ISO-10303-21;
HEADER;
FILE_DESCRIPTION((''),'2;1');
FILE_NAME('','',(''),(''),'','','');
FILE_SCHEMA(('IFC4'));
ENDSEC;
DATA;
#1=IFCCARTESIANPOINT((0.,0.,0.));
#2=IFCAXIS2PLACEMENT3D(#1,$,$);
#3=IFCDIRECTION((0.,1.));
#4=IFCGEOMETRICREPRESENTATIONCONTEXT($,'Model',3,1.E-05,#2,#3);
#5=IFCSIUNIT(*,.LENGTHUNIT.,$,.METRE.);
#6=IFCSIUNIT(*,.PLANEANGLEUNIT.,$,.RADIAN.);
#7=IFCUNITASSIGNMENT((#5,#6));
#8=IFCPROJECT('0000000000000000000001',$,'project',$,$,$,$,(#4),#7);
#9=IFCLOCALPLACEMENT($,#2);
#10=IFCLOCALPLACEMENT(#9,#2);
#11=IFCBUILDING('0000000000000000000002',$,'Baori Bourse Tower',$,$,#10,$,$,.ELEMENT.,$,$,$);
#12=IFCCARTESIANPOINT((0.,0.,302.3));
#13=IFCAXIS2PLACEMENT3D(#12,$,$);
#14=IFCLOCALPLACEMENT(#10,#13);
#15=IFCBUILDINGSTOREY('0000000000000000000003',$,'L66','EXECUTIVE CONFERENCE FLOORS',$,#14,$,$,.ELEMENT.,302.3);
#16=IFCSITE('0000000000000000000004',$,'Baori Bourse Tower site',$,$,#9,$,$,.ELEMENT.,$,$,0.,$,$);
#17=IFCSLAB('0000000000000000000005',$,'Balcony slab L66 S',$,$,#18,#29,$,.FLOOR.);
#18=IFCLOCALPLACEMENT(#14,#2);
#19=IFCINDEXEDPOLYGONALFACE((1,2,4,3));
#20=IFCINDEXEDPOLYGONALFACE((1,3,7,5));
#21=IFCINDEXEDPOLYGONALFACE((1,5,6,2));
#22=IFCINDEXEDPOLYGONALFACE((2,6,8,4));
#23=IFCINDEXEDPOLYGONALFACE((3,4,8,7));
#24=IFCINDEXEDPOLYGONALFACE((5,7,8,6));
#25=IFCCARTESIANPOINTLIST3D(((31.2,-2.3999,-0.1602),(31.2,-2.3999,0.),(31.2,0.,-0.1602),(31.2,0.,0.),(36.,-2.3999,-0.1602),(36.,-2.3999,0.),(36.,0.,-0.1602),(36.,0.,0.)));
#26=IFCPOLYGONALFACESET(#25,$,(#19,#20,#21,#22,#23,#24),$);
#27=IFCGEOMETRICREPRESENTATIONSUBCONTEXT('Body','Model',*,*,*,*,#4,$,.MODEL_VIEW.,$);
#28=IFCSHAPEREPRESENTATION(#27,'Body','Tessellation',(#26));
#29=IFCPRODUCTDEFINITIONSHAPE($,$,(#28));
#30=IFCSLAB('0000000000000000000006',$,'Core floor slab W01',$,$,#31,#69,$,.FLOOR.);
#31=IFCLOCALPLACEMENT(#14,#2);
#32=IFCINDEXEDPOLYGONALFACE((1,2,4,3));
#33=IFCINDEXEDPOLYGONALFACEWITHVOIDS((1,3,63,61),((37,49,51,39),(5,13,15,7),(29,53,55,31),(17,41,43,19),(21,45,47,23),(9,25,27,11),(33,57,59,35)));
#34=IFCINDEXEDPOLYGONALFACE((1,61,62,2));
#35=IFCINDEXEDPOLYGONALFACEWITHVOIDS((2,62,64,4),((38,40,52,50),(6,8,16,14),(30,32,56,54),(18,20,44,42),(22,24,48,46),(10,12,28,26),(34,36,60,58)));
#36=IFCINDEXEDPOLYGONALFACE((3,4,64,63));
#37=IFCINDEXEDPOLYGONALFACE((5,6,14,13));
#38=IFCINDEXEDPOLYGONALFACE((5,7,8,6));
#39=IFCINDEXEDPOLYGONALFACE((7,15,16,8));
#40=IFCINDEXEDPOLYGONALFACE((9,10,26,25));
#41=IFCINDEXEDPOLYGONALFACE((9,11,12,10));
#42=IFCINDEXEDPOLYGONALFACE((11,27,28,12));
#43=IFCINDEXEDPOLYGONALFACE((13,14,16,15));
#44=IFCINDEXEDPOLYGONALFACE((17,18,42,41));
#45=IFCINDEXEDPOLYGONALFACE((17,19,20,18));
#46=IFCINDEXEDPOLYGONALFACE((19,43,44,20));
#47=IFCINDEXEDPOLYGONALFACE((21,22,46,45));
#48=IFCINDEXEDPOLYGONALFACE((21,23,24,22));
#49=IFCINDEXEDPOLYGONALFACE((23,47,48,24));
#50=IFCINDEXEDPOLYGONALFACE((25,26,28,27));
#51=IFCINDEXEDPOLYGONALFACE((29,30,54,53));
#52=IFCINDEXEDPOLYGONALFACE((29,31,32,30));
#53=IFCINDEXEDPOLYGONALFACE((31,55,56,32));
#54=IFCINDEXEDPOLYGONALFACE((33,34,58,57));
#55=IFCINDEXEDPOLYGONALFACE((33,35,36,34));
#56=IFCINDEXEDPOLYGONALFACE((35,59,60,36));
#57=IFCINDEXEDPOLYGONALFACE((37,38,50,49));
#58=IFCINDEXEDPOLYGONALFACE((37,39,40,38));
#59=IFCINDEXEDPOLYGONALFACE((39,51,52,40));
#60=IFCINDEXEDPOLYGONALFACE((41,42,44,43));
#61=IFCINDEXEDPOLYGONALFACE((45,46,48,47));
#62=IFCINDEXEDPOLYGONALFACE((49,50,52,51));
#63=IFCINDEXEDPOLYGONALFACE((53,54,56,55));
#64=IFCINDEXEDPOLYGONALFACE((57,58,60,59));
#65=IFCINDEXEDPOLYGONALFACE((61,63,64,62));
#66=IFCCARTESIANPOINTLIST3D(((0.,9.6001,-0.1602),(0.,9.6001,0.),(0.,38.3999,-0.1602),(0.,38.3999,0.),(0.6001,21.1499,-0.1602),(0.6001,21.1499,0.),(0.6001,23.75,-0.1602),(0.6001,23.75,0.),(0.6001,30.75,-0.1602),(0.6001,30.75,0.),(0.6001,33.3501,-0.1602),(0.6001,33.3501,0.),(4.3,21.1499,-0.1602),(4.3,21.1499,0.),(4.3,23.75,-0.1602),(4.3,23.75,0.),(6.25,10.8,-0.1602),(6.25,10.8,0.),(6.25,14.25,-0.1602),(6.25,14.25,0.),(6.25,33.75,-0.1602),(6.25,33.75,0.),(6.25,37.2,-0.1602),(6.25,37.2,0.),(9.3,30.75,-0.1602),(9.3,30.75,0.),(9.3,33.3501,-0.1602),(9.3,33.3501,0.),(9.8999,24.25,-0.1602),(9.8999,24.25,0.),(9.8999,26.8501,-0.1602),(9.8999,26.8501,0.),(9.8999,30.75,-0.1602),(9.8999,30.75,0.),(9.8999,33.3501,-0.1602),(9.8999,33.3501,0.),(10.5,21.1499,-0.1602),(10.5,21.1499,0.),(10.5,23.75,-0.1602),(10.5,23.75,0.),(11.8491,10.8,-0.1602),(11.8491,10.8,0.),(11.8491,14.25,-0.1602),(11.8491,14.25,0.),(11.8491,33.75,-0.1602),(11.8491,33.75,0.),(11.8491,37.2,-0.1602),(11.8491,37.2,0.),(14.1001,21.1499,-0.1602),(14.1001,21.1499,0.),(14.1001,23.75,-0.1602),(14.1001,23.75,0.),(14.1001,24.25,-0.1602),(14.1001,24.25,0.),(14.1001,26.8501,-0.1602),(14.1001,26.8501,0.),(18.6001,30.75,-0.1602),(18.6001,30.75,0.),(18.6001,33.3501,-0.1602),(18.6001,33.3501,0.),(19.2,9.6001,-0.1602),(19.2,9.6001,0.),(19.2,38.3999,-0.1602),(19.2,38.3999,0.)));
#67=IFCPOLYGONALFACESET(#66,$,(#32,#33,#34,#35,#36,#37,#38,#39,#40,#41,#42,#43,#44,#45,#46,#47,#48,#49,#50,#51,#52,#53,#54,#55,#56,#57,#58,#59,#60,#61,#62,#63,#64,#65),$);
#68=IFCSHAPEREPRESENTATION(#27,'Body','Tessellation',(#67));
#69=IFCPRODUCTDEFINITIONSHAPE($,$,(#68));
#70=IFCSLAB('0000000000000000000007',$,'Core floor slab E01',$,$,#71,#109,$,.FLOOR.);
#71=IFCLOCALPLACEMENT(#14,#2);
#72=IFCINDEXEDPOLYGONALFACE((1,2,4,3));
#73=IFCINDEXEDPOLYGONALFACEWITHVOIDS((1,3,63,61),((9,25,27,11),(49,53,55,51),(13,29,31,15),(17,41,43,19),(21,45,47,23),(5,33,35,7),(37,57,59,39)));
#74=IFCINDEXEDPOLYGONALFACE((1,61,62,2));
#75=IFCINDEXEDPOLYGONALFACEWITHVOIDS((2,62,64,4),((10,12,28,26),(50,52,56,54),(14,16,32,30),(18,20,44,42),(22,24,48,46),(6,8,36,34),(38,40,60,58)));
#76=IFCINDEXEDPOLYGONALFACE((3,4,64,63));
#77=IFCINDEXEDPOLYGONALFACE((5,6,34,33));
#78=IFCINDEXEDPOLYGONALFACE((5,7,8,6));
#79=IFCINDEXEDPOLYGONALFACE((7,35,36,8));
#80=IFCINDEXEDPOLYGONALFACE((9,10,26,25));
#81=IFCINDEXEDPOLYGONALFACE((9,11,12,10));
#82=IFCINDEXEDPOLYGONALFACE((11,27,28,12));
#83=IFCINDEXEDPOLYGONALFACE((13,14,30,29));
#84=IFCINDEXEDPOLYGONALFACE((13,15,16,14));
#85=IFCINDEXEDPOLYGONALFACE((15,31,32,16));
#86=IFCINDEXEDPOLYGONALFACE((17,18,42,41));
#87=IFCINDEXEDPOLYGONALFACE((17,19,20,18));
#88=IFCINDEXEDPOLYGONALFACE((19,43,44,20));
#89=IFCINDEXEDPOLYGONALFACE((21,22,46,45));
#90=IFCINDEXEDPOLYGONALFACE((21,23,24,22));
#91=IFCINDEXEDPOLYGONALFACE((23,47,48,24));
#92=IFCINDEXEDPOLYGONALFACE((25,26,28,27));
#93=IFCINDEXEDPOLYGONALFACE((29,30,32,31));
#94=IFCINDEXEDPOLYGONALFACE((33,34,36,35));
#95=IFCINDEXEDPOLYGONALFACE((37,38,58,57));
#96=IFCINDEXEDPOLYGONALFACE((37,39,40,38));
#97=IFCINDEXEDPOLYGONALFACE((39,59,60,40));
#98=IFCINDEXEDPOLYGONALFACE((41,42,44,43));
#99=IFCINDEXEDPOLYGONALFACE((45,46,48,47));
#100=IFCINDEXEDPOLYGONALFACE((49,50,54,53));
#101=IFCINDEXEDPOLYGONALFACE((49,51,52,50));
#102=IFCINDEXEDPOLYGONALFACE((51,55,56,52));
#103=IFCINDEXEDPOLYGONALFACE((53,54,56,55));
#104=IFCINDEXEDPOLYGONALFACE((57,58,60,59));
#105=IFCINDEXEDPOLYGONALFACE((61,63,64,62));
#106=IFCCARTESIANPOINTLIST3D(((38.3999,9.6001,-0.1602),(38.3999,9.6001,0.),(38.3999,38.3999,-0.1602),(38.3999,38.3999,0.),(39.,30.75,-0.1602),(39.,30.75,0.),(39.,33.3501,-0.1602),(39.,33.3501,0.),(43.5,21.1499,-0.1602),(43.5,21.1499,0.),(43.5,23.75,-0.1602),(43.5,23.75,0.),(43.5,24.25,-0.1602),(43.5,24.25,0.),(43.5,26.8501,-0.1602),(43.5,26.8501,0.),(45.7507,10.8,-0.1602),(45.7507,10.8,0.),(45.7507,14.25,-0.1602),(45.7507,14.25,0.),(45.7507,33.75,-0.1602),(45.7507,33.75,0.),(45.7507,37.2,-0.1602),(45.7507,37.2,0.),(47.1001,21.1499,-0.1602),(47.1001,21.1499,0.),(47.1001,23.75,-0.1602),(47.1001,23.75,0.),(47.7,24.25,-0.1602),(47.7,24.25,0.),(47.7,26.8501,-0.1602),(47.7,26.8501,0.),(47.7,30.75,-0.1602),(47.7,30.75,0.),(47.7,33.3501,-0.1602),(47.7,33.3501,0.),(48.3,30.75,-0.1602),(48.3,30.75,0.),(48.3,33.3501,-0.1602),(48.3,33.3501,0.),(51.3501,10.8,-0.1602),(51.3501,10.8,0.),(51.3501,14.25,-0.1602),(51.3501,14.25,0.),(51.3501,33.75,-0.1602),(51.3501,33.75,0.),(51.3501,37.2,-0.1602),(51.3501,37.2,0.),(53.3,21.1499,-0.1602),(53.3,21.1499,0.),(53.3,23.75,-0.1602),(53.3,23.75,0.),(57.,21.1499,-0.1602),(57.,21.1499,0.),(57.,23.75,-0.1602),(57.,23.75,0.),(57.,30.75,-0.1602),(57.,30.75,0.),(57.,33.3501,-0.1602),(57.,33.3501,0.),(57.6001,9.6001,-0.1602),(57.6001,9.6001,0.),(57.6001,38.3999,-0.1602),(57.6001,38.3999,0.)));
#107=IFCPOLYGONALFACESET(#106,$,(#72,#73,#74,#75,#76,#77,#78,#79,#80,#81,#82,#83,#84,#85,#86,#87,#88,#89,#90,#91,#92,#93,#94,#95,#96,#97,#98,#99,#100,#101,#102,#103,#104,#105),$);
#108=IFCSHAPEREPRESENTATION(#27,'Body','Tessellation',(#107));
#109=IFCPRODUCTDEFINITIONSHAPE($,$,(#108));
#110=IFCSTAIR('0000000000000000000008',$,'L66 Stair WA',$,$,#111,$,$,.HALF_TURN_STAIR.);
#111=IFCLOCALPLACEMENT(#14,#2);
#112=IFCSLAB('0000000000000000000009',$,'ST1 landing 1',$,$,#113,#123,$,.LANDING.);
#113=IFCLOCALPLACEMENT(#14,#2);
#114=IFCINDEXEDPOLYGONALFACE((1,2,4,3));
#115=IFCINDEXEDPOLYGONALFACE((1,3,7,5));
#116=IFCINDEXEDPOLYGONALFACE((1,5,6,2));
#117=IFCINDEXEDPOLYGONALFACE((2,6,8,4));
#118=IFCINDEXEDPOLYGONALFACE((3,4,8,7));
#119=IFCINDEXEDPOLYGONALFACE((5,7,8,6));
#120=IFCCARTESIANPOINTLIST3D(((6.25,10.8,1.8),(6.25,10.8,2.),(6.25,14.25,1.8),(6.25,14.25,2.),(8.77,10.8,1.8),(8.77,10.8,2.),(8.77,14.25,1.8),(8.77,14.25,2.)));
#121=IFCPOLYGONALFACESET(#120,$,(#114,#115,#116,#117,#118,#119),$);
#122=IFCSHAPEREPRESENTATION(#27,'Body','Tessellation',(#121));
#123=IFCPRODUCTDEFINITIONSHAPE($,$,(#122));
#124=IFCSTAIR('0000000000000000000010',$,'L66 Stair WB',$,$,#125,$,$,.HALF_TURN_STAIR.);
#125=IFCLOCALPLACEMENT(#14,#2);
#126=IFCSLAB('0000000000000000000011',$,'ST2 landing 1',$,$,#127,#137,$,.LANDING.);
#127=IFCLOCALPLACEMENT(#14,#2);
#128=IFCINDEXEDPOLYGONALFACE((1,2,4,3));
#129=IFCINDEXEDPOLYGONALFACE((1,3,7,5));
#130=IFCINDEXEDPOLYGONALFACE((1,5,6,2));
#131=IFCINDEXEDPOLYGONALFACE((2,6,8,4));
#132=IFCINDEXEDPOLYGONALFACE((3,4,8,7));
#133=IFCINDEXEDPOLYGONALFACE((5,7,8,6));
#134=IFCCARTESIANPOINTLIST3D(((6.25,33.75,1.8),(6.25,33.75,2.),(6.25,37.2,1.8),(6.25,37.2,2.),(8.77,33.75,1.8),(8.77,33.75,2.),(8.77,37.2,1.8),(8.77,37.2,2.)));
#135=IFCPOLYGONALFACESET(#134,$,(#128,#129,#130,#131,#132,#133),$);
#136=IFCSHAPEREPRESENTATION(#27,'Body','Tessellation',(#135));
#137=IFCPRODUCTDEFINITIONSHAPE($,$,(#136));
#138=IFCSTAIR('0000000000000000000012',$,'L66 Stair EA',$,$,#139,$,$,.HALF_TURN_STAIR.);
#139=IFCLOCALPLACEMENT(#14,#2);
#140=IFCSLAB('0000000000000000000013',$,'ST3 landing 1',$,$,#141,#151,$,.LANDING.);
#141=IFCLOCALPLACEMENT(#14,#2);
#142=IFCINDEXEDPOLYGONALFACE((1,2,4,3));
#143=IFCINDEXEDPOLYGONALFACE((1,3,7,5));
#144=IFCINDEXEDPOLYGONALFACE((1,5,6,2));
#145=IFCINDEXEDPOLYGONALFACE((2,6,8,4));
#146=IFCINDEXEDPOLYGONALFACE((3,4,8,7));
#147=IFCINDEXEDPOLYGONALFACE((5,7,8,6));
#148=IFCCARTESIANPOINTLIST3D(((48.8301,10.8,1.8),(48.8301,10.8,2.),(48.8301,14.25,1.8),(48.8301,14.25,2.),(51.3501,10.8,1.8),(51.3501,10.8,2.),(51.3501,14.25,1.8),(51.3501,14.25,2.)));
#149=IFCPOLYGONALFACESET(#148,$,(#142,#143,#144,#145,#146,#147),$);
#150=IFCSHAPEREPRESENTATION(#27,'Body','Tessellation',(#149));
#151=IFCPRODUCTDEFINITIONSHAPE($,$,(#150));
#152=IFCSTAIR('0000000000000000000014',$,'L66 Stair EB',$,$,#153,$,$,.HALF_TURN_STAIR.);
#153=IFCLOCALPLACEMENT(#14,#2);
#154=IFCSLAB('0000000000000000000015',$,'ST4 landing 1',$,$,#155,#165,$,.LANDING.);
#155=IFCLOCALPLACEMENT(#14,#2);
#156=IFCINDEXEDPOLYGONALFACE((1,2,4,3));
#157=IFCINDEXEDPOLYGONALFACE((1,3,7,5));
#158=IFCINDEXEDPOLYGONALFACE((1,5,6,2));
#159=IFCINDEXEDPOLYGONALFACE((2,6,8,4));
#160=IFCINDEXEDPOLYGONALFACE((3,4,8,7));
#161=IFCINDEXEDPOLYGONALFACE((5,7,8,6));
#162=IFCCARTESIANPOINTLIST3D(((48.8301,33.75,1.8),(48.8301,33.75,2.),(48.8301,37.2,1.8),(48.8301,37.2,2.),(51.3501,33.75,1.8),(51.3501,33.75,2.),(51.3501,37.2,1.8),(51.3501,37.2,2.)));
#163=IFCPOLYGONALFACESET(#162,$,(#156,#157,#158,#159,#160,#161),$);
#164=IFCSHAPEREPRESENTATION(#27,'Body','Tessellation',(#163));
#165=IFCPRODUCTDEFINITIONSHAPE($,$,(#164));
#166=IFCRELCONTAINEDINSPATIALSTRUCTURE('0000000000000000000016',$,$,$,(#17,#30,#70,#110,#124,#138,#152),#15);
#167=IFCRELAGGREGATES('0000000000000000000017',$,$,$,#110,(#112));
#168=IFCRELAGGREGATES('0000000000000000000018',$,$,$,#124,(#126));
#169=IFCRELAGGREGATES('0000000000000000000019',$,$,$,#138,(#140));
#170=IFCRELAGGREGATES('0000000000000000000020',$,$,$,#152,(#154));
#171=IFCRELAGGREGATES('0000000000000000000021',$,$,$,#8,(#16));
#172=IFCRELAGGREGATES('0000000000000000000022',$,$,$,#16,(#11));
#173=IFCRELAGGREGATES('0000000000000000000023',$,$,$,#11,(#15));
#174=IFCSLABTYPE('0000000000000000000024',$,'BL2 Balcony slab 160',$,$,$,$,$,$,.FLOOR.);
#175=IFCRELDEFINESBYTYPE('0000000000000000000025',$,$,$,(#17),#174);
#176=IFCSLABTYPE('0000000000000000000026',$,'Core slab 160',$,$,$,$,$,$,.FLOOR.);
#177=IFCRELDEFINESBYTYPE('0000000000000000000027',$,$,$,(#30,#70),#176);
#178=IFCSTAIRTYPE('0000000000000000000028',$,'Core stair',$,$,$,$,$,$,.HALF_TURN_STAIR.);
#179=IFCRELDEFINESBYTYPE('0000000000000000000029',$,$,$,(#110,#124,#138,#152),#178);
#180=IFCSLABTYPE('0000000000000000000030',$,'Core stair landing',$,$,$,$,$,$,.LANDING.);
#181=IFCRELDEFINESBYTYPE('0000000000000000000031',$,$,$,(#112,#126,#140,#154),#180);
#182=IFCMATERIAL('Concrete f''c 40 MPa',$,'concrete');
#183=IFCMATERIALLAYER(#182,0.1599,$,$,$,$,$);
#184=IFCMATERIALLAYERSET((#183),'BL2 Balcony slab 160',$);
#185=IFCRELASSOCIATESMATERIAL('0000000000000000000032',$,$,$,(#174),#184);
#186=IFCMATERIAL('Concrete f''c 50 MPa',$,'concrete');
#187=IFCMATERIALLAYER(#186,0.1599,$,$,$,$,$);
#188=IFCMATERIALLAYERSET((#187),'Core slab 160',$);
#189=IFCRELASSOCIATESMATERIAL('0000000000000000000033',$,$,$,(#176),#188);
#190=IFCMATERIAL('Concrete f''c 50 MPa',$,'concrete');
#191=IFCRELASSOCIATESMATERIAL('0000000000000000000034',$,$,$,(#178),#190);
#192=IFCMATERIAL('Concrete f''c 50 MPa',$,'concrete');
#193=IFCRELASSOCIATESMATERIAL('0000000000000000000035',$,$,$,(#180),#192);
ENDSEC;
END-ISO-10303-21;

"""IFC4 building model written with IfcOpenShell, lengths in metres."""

from ifc_helpers import new_model, si_unit, direction, frame, origin, place, context, subcontext, project, spatial, polyline, outline, extrude, material, layer, layer_set, type_object, element, aggregate, save


model = new_model("IFC4")

# Units and contexts
model_context = context("Model", 3, precision=1e-05, world=origin(), true_north=direction((0.0, 1.0)))
body_context = subcontext(model_context, "Body", "Model", "MODEL_VIEW")
ifc_project = project(units=[si_unit("LENGTHUNIT", "METRE"), si_unit("PLANEANGLEUNIT", "RADIAN")], contexts=[model_context])

# Site, building, storey
site_placement = place(None, origin())
site = spatial("IfcSite", under=ifc_project, at=site_placement, Name="Baori Bourse Tower site", CompositionType="ELEMENT", RefElevation=0.0)
building_placement = place(site_placement, origin())
building = spatial("IfcBuilding", under=site, at=building_placement, Name="Baori Bourse Tower", CompositionType="ELEMENT")
storey_placement = place(building_placement, frame((0.0, 0.0, 302.3)))
storey = spatial("IfcBuildingStorey", under=building, at=storey_placement, Name="L66", Description="EXECUTIVE CONFERENCE FLOORS", CompositionType="ELEMENT", Elevation=302.3)

# Slabs
ifc_material_1 = material(Name="Concrete f'c 40 MPa", Category="concrete")
ifc_layer_1 = layer(ifc_material_1, 0.1599)
ifc_layer_set_1 = layer_set([ifc_layer_1], Name="BL2 Balcony slab 160")
slab_type_1 = type_object("IfcSlabType", Name="BL2 Balcony slab 160", PredefinedType="FLOOR", material=ifc_layer_set_1)
slab_1_placement = place(storey_placement, frame((0.0, 0.0, -0.1602)))
element("IfcSlab", 1, at=slab_1_placement, inside=storey, type_object=slab_type_1, Name="Balcony slab L66 S", PredefinedType="FLOOR", context=body_context, shape_type="SweptSolid", body=[
    extrude(outline(polyline([(31.2, 0.0), (31.2, -2.3999), (36.0, -2.3999), (36.0, 0.0), (31.2, 0.0)])), origin(), (0.0, 0.0, 1.0), 0.1602),
])
ifc_material_2 = material(Name="Concrete f'c 50 MPa", Category="concrete")
ifc_layer_2 = layer(ifc_material_2, 0.1599)
ifc_layer_set_2 = layer_set([ifc_layer_2], Name="Core slab 160")
slab_type_2 = type_object("IfcSlabType", Name="Core slab 160", PredefinedType="FLOOR", material=ifc_layer_set_2)
slab_2_placement = place(storey_placement, frame((0.0, 0.0, -0.1602)))
element("IfcSlab", 2, at=slab_2_placement, inside=storey, type_object=slab_type_2, Name="Core floor slab W01", PredefinedType="FLOOR", context=body_context, shape_type="SweptSolid", body=[
    extrude(outline(polyline([(19.2, 38.3999), (0.0, 38.3999), (0.0, 9.6001), (19.2, 9.6001), (19.2, 38.3999)]), holes=[polyline([(9.8999, 33.3501), (18.6001, 33.3501), (18.6001, 30.75), (9.8999, 30.75), (9.8999, 33.3501)]), polyline([(10.5, 21.1499), (10.5, 23.75), (14.1001, 23.75), (14.1001, 21.1499), (10.5, 21.1499)]), polyline([(14.1001, 24.25), (9.8999, 24.25), (9.8999, 26.8501), (14.1001, 26.8501), (14.1001, 24.25)]), polyline([(6.25, 14.25), (11.8491, 14.25), (11.8491, 10.8), (6.25, 10.8), (6.25, 14.25)]), polyline([(11.8491, 37.2), (11.8491, 33.75), (6.25, 33.75), (6.25, 37.2), (11.8491, 37.2)]), polyline([(0.6001, 30.75), (0.6001, 33.3501), (9.3, 33.3501), (9.3, 30.75), (0.6001, 30.75)]), polyline([(4.3, 23.75), (4.3, 21.1499), (0.6001, 21.1499), (0.6001, 23.75), (4.3, 23.75)])]), origin(), (0.0, 0.0, 1.0), 0.1602),
])
slab_3_placement = place(storey_placement, frame((0.0, 0.0, -0.1602)))
element("IfcSlab", 3, at=slab_3_placement, inside=storey, type_object=slab_type_2, Name="Core floor slab E01", PredefinedType="FLOOR", context=body_context, shape_type="SweptSolid", body=[
    extrude(outline(polyline([(57.6001, 9.6001), (57.6001, 38.3999), (38.3999, 38.3999), (38.3999, 9.6001), (57.6001, 9.6001)]), holes=[polyline([(48.3, 33.3501), (57.0, 33.3501), (57.0, 30.75), (48.3, 30.75), (48.3, 33.3501)]), polyline([(57.0, 21.1499), (53.3, 21.1499), (53.3, 23.75), (57.0, 23.75), (57.0, 21.1499)]), polyline([(45.7507, 14.25), (51.3501, 14.25), (51.3501, 10.8), (45.7507, 10.8), (45.7507, 14.25)]), polyline([(51.3501, 37.2), (51.3501, 33.75), (45.7507, 33.75), (45.7507, 37.2), (51.3501, 37.2)]), polyline([(43.5, 24.25), (43.5, 26.8501), (47.7, 26.8501), (47.7, 24.25), (43.5, 24.25)]), polyline([(47.7, 33.3501), (47.7, 30.75), (39.0, 30.75), (39.0, 33.3501), (47.7, 33.3501)]), polyline([(43.5, 23.75), (47.1001, 23.75), (47.1001, 21.1499), (43.5, 21.1499), (43.5, 23.75)])]), origin(), (0.0, 0.0, 1.0), 0.1602),
])

# Stairs, slabs
ifc_material_3 = material(Name="Concrete f'c 50 MPa", Category="concrete")
stair_type = type_object("IfcStairType", Name="Core stair", PredefinedType="HALF_TURN_STAIR", material=ifc_material_3)
stair_1_placement = place(storey_placement, origin())
stair_1 = element("IfcStair", 4, at=stair_1_placement, inside=storey, type_object=stair_type, Name="L66 Stair WA", PredefinedType="HALF_TURN_STAIR")
ifc_material_4 = material(Name="Concrete f'c 50 MPa", Category="concrete")
slab_type_3 = type_object("IfcSlabType", Name="Core stair landing", PredefinedType="LANDING", material=ifc_material_4)
slab_4_placement = place(storey_placement, frame((0.0, 0.0, 1.8)))
slab_4 = element("IfcSlab", 5, at=slab_4_placement, type_object=slab_type_3, Name="ST1 landing 1", PredefinedType="LANDING", context=body_context, shape_type="SweptSolid", body=[
    extrude(outline(polyline([(8.77, 14.25), (6.25, 14.25), (6.25, 10.8), (8.77, 10.8), (8.77, 14.25)])), origin(), (0.0, 0.0, 1.0), 0.2),
])
aggregate(stair_1, [slab_4])
stair_2_placement = place(storey_placement, origin())
stair_2 = element("IfcStair", 6, at=stair_2_placement, inside=storey, type_object=stair_type, Name="L66 Stair WB", PredefinedType="HALF_TURN_STAIR")
slab_5_placement = place(storey_placement, frame((0.0, 0.0, 1.8)))
slab_5 = element("IfcSlab", 7, at=slab_5_placement, type_object=slab_type_3, Name="ST2 landing 1", PredefinedType="LANDING", context=body_context, shape_type="SweptSolid", body=[
    extrude(outline(polyline([(8.77, 37.2), (6.25, 37.2), (6.25, 33.75), (8.77, 33.75), (8.77, 37.2)])), origin(), (0.0, 0.0, 1.0), 0.2),
])
aggregate(stair_2, [slab_5])
stair_3_placement = place(storey_placement, origin())
stair_3 = element("IfcStair", 8, at=stair_3_placement, inside=storey, type_object=stair_type, Name="L66 Stair EA", PredefinedType="HALF_TURN_STAIR")
slab_6_placement = place(storey_placement, frame((0.0, 0.0, 1.8)))
slab_6 = element("IfcSlab", 9, at=slab_6_placement, type_object=slab_type_3, Name="ST3 landing 1", PredefinedType="LANDING", context=body_context, shape_type="SweptSolid", body=[
    extrude(outline(polyline([(48.8301, 10.8), (51.3501, 10.8), (51.3501, 14.25), (48.8301, 14.25), (48.8301, 10.8)])), origin(), (0.0, 0.0, 1.0), 0.2),
])
aggregate(stair_3, [slab_6])
stair_4_placement = place(storey_placement, origin())
stair_4 = element("IfcStair", 10, at=stair_4_placement, inside=storey, type_object=stair_type, Name="L66 Stair EB", PredefinedType="HALF_TURN_STAIR")
slab_7_placement = place(storey_placement, frame((0.0, 0.0, 1.8)))
slab_7 = element("IfcSlab", 11, at=slab_7_placement, type_object=slab_type_3, Name="ST4 landing 1", PredefinedType="LANDING", context=body_context, shape_type="SweptSolid", body=[
    extrude(outline(polyline([(48.8301, 33.75), (51.3501, 33.75), (51.3501, 37.2), (48.8301, 37.2), (48.8301, 33.75)])), origin(), (0.0, 0.0, 1.0), 0.2),
])
aggregate(stair_4, [slab_7])

save(model, "model.ifc")
